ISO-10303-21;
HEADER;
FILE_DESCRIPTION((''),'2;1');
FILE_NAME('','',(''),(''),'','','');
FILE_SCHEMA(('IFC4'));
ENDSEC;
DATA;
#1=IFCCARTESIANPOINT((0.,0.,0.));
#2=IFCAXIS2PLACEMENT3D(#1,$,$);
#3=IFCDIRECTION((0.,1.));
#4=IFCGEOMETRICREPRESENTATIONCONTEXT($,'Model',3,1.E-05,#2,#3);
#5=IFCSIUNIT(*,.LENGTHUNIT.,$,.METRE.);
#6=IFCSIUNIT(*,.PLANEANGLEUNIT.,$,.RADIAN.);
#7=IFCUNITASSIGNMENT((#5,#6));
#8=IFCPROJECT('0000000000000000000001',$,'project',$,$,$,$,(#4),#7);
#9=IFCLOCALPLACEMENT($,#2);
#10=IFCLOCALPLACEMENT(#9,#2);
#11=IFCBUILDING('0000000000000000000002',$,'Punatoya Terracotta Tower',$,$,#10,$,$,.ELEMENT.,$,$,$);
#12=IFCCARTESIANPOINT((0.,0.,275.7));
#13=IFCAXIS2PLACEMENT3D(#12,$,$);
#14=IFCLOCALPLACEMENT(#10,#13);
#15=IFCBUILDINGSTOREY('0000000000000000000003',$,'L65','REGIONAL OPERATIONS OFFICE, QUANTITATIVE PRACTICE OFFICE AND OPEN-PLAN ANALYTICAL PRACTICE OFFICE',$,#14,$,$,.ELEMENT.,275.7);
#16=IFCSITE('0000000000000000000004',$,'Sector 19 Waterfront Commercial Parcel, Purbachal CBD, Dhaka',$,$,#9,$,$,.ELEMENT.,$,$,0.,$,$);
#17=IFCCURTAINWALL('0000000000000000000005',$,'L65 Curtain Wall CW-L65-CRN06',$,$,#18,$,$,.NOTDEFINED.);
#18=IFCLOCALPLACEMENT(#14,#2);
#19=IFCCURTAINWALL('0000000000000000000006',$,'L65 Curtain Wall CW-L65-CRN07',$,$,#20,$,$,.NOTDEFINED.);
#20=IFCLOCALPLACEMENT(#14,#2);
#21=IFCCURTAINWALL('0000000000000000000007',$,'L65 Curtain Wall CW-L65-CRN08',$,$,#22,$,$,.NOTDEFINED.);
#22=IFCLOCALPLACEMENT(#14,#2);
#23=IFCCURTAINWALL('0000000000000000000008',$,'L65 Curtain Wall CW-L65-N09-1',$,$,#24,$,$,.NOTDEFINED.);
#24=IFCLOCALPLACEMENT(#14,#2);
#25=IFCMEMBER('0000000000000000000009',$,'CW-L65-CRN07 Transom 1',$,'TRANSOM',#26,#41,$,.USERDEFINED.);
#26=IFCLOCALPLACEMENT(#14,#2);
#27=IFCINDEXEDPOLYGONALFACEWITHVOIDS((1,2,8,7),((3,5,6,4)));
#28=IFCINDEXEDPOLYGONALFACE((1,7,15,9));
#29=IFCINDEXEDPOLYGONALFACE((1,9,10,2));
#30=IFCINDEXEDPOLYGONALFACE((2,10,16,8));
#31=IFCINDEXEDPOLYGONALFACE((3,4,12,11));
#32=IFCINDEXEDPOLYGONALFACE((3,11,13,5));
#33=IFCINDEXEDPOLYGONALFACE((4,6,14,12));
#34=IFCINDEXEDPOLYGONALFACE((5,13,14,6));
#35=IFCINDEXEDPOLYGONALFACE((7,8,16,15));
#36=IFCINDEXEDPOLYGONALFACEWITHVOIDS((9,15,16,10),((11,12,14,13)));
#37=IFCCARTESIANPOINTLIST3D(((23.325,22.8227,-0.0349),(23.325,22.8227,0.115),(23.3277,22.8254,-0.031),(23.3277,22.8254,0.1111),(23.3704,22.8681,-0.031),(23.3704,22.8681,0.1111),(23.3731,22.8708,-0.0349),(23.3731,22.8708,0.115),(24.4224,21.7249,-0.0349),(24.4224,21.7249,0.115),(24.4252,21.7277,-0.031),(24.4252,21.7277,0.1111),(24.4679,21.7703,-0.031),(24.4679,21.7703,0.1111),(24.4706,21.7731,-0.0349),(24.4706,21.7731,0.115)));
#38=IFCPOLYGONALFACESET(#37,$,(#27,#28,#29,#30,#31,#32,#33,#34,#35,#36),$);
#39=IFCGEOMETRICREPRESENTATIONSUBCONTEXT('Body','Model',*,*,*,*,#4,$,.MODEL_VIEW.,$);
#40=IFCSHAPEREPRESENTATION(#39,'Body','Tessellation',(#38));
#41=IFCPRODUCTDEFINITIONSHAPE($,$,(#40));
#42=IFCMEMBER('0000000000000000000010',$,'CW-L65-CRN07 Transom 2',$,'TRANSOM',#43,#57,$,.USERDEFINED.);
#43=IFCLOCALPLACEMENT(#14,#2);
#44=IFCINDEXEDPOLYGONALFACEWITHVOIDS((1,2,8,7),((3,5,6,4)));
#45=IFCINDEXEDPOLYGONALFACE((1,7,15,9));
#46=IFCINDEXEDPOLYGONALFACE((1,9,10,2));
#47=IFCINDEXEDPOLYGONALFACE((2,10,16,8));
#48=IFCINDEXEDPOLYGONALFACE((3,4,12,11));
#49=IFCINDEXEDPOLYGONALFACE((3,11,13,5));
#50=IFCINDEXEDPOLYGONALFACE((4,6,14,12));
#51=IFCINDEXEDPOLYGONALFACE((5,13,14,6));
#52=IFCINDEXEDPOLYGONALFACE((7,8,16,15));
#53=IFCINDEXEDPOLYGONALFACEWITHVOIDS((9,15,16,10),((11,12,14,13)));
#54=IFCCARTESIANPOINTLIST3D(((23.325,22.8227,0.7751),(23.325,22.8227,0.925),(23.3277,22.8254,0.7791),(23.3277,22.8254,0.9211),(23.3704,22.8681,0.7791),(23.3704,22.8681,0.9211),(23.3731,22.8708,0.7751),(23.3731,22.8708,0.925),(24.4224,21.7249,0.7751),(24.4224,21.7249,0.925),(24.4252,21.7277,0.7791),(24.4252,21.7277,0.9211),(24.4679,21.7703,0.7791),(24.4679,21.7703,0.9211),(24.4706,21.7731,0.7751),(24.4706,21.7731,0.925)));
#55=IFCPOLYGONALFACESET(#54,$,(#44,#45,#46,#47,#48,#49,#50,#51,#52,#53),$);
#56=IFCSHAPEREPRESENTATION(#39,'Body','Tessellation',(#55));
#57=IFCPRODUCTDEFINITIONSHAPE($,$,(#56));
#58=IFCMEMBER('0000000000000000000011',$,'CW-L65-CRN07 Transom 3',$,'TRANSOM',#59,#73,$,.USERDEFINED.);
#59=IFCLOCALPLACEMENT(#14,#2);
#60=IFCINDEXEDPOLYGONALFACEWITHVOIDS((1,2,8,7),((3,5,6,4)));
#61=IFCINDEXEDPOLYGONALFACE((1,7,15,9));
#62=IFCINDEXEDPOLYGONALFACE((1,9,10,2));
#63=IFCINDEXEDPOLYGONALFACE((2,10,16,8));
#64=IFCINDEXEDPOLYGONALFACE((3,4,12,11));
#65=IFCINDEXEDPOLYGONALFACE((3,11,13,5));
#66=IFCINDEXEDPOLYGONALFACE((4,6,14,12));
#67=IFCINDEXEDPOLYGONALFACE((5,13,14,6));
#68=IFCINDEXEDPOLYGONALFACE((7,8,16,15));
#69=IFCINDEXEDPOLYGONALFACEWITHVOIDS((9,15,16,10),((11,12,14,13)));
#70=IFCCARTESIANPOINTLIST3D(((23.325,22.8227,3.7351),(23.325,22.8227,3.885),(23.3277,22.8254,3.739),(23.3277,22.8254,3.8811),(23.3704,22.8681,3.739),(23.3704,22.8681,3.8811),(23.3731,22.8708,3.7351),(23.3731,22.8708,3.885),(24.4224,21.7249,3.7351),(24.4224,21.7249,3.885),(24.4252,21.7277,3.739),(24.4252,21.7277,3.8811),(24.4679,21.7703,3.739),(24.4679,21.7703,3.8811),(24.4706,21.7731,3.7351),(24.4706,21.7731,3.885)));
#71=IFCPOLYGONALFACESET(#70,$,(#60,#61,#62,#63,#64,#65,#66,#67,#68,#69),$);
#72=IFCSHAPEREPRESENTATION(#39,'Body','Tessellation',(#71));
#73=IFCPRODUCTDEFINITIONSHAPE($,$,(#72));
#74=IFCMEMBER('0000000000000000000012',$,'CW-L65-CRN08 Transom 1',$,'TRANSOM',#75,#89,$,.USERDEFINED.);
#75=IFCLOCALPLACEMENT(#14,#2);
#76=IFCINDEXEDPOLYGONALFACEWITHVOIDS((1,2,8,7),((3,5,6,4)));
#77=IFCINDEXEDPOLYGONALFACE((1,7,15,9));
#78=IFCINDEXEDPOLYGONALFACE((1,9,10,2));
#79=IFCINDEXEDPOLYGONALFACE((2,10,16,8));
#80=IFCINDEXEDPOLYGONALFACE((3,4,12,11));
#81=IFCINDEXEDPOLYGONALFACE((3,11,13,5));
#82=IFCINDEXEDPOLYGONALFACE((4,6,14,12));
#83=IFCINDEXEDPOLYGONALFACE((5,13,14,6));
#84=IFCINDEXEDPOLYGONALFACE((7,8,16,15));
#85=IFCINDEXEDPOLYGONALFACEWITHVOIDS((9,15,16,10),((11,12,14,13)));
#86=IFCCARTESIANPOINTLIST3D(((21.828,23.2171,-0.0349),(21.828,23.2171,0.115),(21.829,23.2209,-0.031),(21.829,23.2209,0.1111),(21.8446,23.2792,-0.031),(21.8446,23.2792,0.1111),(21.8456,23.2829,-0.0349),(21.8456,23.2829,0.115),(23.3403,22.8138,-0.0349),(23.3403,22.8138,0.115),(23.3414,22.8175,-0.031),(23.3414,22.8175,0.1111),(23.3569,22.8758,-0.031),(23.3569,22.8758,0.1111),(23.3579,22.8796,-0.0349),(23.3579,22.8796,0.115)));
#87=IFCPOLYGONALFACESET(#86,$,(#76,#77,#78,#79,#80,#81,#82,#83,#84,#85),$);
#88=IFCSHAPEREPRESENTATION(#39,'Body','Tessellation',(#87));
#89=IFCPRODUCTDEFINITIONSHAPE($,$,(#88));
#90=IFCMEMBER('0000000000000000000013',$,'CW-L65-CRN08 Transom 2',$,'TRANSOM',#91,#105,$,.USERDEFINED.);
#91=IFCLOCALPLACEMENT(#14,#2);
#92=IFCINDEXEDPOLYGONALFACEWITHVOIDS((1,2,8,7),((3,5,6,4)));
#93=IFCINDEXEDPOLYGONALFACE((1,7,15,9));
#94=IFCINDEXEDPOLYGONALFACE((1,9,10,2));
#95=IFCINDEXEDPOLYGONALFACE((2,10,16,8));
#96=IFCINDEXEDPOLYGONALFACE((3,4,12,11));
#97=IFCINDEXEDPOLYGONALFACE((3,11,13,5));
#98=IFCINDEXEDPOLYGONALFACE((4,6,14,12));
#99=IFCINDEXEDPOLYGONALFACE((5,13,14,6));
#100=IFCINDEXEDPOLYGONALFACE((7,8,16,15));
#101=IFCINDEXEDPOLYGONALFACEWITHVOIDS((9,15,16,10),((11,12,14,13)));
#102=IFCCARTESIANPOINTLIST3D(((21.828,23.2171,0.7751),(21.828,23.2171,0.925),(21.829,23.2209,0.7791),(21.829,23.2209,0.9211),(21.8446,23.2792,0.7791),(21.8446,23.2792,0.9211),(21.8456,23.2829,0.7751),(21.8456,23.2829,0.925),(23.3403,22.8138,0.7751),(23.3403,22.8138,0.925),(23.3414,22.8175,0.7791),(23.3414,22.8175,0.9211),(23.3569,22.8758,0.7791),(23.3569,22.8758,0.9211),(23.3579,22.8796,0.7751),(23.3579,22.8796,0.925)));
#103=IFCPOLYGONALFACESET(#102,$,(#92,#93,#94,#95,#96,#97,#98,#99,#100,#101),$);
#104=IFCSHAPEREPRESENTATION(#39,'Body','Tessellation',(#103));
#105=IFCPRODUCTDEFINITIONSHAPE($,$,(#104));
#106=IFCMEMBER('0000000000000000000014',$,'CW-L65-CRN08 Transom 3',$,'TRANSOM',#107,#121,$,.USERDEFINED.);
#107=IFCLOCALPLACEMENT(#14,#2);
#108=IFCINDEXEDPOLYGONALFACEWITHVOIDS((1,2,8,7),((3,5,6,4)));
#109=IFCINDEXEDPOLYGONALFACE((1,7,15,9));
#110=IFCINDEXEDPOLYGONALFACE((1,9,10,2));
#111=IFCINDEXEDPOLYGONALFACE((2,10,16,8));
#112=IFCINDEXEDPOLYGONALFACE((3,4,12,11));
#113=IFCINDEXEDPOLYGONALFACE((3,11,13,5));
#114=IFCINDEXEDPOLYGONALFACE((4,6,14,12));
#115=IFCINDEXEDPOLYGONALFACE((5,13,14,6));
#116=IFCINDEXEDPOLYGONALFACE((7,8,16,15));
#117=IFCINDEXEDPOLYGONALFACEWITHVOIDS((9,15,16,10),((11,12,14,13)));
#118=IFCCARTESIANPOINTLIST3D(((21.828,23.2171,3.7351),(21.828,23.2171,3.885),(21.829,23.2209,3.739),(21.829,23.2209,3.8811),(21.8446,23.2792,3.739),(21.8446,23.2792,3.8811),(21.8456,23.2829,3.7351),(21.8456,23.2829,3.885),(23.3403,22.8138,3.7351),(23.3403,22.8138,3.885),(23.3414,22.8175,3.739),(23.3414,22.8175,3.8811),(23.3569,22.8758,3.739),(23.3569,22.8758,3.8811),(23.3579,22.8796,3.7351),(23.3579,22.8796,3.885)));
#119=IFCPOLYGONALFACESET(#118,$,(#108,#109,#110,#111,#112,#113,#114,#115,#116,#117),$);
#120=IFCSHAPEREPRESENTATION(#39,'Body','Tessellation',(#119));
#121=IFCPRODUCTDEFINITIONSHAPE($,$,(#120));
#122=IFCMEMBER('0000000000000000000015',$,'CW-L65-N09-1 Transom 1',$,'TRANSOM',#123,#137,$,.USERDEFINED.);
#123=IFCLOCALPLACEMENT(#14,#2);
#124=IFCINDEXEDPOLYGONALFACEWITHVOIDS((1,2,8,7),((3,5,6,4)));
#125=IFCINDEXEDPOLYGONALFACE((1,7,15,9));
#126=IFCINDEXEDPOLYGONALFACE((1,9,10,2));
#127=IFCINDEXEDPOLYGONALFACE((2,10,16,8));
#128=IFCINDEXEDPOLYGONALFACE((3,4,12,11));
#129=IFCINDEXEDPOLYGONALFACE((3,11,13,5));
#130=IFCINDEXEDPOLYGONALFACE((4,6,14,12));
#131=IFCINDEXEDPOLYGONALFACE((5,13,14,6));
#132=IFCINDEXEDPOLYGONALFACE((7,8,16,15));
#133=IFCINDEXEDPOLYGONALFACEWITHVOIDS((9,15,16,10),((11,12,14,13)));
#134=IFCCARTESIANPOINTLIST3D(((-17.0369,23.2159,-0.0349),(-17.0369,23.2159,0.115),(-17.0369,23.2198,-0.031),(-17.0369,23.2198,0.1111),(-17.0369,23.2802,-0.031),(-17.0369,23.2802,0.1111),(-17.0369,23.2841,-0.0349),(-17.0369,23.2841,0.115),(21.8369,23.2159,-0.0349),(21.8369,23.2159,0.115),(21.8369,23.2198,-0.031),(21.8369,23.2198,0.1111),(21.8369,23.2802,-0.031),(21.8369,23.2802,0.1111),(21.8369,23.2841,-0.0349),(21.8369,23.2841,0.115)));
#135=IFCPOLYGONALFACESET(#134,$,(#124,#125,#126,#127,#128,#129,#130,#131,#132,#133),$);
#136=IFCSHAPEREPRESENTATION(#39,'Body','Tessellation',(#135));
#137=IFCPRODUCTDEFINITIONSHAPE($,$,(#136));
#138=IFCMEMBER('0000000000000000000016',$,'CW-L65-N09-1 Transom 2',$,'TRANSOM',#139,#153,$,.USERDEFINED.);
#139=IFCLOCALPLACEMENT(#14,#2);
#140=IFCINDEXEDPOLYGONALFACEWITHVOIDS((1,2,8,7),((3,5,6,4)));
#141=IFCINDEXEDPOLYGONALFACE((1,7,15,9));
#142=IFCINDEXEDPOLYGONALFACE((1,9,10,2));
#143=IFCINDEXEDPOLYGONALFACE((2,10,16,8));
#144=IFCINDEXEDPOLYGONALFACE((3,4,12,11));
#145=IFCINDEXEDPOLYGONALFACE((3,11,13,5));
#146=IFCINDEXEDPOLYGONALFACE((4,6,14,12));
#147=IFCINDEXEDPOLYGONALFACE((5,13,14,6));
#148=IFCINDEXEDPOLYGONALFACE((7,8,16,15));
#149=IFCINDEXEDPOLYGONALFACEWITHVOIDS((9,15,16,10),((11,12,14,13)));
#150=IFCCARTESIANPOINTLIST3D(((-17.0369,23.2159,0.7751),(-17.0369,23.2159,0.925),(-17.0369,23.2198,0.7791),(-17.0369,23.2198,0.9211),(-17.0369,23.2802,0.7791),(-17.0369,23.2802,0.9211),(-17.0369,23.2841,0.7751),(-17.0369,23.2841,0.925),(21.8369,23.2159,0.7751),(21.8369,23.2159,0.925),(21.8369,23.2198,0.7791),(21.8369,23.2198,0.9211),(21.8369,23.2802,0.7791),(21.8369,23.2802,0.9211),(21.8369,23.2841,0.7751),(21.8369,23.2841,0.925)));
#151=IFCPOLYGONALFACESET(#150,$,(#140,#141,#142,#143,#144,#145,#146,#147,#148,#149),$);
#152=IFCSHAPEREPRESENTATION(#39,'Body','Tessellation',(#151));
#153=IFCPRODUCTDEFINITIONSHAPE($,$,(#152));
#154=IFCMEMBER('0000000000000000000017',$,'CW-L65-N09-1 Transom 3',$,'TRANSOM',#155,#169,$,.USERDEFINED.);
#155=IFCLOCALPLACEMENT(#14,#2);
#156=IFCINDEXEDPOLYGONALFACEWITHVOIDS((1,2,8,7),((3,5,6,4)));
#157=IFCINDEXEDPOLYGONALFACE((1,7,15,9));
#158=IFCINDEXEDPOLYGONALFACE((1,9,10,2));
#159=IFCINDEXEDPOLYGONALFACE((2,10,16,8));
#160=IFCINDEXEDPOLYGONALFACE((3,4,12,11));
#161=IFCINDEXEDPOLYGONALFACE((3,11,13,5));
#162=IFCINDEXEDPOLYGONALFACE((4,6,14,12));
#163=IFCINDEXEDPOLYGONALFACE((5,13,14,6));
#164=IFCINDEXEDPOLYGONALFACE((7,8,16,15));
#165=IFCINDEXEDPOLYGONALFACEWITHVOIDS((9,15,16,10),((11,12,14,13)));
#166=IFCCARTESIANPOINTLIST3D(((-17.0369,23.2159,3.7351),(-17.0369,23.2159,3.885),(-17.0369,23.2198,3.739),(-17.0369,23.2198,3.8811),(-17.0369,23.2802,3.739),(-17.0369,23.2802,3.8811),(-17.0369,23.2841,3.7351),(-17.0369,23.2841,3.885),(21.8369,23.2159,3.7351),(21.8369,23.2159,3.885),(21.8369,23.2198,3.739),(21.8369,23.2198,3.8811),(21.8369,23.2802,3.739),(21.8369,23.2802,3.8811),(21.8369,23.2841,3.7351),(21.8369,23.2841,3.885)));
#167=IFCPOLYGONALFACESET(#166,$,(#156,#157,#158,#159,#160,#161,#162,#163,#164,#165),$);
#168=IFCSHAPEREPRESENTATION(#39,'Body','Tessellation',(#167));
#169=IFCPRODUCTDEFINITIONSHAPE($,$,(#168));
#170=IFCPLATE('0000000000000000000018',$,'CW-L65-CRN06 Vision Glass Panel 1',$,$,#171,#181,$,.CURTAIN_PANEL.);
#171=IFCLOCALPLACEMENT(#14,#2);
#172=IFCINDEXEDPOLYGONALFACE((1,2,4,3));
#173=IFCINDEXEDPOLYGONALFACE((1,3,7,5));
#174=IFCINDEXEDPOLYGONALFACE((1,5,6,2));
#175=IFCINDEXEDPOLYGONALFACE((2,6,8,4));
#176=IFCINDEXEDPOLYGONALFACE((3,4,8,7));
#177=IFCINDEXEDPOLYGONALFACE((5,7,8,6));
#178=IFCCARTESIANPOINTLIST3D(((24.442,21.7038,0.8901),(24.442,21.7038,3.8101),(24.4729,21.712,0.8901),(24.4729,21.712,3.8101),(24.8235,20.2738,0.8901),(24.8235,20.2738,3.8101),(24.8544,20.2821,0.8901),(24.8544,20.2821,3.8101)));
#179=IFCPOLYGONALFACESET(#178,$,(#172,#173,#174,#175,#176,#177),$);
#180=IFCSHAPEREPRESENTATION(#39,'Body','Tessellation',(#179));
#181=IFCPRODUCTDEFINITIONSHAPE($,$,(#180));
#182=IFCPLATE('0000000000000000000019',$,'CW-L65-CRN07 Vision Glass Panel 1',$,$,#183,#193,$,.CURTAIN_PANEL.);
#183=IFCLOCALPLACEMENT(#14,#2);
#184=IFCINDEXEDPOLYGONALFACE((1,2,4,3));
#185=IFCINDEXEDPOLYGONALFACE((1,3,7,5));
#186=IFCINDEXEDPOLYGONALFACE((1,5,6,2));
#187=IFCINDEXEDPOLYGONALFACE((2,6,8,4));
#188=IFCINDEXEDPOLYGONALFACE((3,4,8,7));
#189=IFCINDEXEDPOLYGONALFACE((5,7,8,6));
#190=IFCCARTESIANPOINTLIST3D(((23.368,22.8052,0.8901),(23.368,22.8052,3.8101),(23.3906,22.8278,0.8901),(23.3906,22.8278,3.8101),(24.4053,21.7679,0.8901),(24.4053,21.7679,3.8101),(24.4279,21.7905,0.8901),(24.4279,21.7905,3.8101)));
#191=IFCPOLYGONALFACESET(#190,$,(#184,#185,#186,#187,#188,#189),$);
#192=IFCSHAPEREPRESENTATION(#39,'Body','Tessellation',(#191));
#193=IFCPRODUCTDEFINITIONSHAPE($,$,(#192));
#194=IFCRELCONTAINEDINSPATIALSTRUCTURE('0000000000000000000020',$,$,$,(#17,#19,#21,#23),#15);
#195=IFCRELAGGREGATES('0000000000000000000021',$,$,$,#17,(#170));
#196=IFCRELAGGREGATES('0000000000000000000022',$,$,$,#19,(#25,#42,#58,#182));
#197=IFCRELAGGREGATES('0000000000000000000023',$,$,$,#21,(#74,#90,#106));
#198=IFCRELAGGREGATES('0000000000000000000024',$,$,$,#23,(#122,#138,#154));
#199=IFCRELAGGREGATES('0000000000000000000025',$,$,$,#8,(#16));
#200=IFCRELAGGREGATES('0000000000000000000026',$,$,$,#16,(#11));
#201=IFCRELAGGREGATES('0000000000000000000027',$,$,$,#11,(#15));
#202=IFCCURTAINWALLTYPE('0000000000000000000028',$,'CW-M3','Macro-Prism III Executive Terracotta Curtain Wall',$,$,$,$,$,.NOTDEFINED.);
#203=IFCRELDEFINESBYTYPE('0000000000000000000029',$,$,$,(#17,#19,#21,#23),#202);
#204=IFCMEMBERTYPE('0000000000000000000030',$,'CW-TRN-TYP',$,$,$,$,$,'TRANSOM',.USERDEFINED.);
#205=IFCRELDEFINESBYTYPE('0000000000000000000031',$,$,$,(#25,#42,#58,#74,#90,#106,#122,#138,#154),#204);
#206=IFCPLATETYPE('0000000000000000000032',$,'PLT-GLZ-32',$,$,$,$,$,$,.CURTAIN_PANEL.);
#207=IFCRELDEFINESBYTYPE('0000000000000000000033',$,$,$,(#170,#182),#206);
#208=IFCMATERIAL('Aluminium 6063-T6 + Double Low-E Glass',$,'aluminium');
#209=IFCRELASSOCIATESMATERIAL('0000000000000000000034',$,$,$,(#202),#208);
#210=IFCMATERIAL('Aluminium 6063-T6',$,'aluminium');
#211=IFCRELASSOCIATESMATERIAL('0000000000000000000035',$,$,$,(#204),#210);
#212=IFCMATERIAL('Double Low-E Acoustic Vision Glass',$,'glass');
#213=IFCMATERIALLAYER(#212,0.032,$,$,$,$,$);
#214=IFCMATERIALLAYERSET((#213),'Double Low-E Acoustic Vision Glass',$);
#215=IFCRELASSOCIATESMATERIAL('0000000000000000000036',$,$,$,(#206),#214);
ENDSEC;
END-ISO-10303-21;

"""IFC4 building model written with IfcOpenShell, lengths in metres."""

from ifc_helpers import new_model, si_unit, direction, frame, origin, origin_2d, place, context, subcontext, project, spatial, rectangle, hollow_rectangle, extrude, material, layer, layer_set, material_profile, profile_set, type_object, element, aggregate, save


model = new_model("IFC4")

# Units and contexts
model_context = context("Model", 3, precision=1e-05, world=origin(), true_north=direction((0.0, 1.0)))
body_context = subcontext(model_context, "Body", "Model", "MODEL_VIEW")
ifc_project = project(units=[si_unit("LENGTHUNIT", "METRE"), si_unit("PLANEANGLEUNIT", "RADIAN")], contexts=[model_context])

# Site, building, storey
site_placement = place(None, origin())
site = spatial("IfcSite", under=ifc_project, at=site_placement, Name="Sector 19 Waterfront Commercial Parcel, Purbachal CBD, Dhaka", CompositionType="ELEMENT", RefElevation=0.0)
building_placement = place(site_placement, origin())
building = spatial("IfcBuilding", under=site, at=building_placement, Name="Punatoya Terracotta Tower", CompositionType="ELEMENT")
storey_placement = place(building_placement, frame((0.0, 0.0, 275.7)))
storey = spatial("IfcBuildingStorey", under=building, at=storey_placement, Name="L65", Description="REGIONAL OPERATIONS OFFICE, QUANTITATIVE PRACTICE OFFICE AND OPEN-PLAN ANALYTICAL PRACTICE OFFICE", CompositionType="ELEMENT", Elevation=275.7)

# Curtain walls
ifc_material_1 = material(Name="Aluminium 6063-T6 + Double Low-E Glass", Category="aluminium")
curtain_wall_type = type_object("IfcCurtainWallType", Name="CW-M3", Description="Macro-Prism III Executive Terracotta Curtain Wall", PredefinedType="NOTDEFINED", material=ifc_material_1)
curtain_wall_1_placement = place(storey_placement, origin())
curtain_wall_1 = element("IfcCurtainWall", 1, at=curtain_wall_1_placement, inside=storey, type_object=curtain_wall_type, Name="L65 Curtain Wall CW-L65-CRN06", PredefinedType="NOTDEFINED")
ifc_material_2 = material(Name="Aluminium 6063-T6", Category="aluminium")
curtain_wall_2_placement = place(storey_placement, origin())
curtain_wall_2 = element("IfcCurtainWall", 2, at=curtain_wall_2_placement, inside=storey, type_object=curtain_wall_type, Name="L65 Curtain Wall CW-L65-CRN07", PredefinedType="NOTDEFINED")
curtain_wall_3_placement = place(storey_placement, origin())
curtain_wall_3 = element("IfcCurtainWall", 3, at=curtain_wall_3_placement, inside=storey, type_object=curtain_wall_type, Name="L65 Curtain Wall CW-L65-CRN08", PredefinedType="NOTDEFINED")

# Curtain wall
curtain_wall_4_placement = place(storey_placement, origin())
curtain_wall_4 = element("IfcCurtainWall", 4, at=curtain_wall_4_placement, inside=storey, type_object=curtain_wall_type, Name="L65 Curtain Wall CW-L65-N09-1", PredefinedType="NOTDEFINED")

# Members
ifc_material_profile_1 = material_profile(ifc_material_2, hollow_rectangle(XDim=0.0681, YDim=0.1499, WallThickness=0.0039, at=origin_2d()))
ifc_profile_set_1 = profile_set([ifc_material_profile_1], Name="Aluminium 6063-T6")
member_type_1 = type_object("IfcMemberType", Name="CW-TRN-TYP", ElementType="TRANSOM", PredefinedType="USERDEFINED", material=ifc_profile_set_1)
member_1_placement = place(storey_placement, frame((24.4465, 21.749, 0.04), z_axis=(-0.707028, 0.707185, 0.0), x_axis=(-0.707185, -0.707028, 0.0)))
member_1 = element("IfcMember", 5, at=member_1_placement, type_object=member_type_1, Name="CW-L65-CRN07 Transom 1", ObjectType="TRANSOM", PredefinedType="USERDEFINED", context=body_context, shape_type="SweptSolid", body=[
    extrude(hollow_rectangle(XDim=0.0681, YDim=0.1499, WallThickness=0.0039, at=origin_2d()), origin(), (0.0, 0.0, 1.0), 1.5522),
])
member_2_placement = place(storey_placement, frame((24.4465, 21.749, 0.8501), z_axis=(-0.707028, 0.707185, 0.0), x_axis=(-0.707185, -0.707028, 0.0)))
member_2 = element("IfcMember", 6, at=member_2_placement, type_object=member_type_1, Name="CW-L65-CRN07 Transom 2", ObjectType="TRANSOM", PredefinedType="USERDEFINED", context=body_context, shape_type="SweptSolid", body=[
    extrude(hollow_rectangle(XDim=0.0681, YDim=0.1499, WallThickness=0.0039, at=origin_2d()), origin(), (0.0, 0.0, 1.0), 1.5522),
])
member_3_placement = place(storey_placement, frame((24.4465, 21.749, 3.8101), z_axis=(-0.707028, 0.707185, 0.0), x_axis=(-0.707185, -0.707028, 0.0)))
member_3 = element("IfcMember", 7, at=member_3_placement, type_object=member_type_1, Name="CW-L65-CRN07 Transom 3", ObjectType="TRANSOM", PredefinedType="USERDEFINED", context=body_context, shape_type="SweptSolid", body=[
    extrude(hollow_rectangle(XDim=0.0681, YDim=0.1499, WallThickness=0.0039, at=origin_2d()), origin(), (0.0, 0.0, 1.0), 1.5522),
])
member_4_placement = place(storey_placement, frame((23.3491, 22.8467, 0.04), z_axis=(-0.966225, 0.257701, 0.0), x_axis=(-0.257701, -0.966225, 0.0)))
member_4 = element("IfcMember", 8, at=member_4_placement, type_object=member_type_1, Name="CW-L65-CRN08 Transom 1", ObjectType="TRANSOM", PredefinedType="USERDEFINED", context=body_context, shape_type="SweptSolid", body=[
    extrude(hollow_rectangle(XDim=0.0681, YDim=0.1499, WallThickness=0.0039, at=origin_2d()), origin(), (0.0, 0.0, 1.0), 1.5652),
])
member_5_placement = place(storey_placement, frame((23.3491, 22.8467, 0.8501), z_axis=(-0.966225, 0.257701, 0.0), x_axis=(-0.257701, -0.966225, 0.0)))
member_5 = element("IfcMember", 9, at=member_5_placement, type_object=member_type_1, Name="CW-L65-CRN08 Transom 2", ObjectType="TRANSOM", PredefinedType="USERDEFINED", context=body_context, shape_type="SweptSolid", body=[
    extrude(hollow_rectangle(XDim=0.0681, YDim=0.1499, WallThickness=0.0039, at=origin_2d()), origin(), (0.0, 0.0, 1.0), 1.5652),
])
member_6_placement = place(storey_placement, frame((23.3491, 22.8467, 3.8101), z_axis=(-0.966225, 0.257701, 0.0), x_axis=(-0.257701, -0.966225, 0.0)))
member_6 = element("IfcMember", 10, at=member_6_placement, type_object=member_type_1, Name="CW-L65-CRN08 Transom 3", ObjectType="TRANSOM", PredefinedType="USERDEFINED", context=body_context, shape_type="SweptSolid", body=[
    extrude(hollow_rectangle(XDim=0.0681, YDim=0.1499, WallThickness=0.0039, at=origin_2d()), origin(), (0.0, 0.0, 1.0), 1.5652),
])
member_7_placement = place(storey_placement, frame((21.8369, 23.25, 0.04), z_axis=(-1.0, 0.0, 0.0), x_axis=(0.0, -1.0, 0.0)))
member_7 = element("IfcMember", 11, at=member_7_placement, type_object=member_type_1, Name="CW-L65-N09-1 Transom 1", ObjectType="TRANSOM", PredefinedType="USERDEFINED", context=body_context, shape_type="SweptSolid", body=[
    extrude(hollow_rectangle(XDim=0.0681, YDim=0.1499, WallThickness=0.0039, at=origin_2d()), origin(), (0.0, 0.0, 1.0), 38.8738),
])
member_8_placement = place(storey_placement, frame((21.8369, 23.25, 0.8501), z_axis=(-1.0, 0.0, 0.0), x_axis=(0.0, -1.0, 0.0)))
member_8 = element("IfcMember", 12, at=member_8_placement, type_object=member_type_1, Name="CW-L65-N09-1 Transom 2", ObjectType="TRANSOM", PredefinedType="USERDEFINED", context=body_context, shape_type="SweptSolid", body=[
    extrude(hollow_rectangle(XDim=0.0681, YDim=0.1499, WallThickness=0.0039, at=origin_2d()), origin(), (0.0, 0.0, 1.0), 38.8738),
])
member_9_placement = place(storey_placement, frame((21.8369, 23.25, 3.8101), z_axis=(-1.0, 0.0, 0.0), x_axis=(0.0, -1.0, 0.0)))
member_9 = element("IfcMember", 13, at=member_9_placement, type_object=member_type_1, Name="CW-L65-N09-1 Transom 3", ObjectType="TRANSOM", PredefinedType="USERDEFINED", context=body_context, shape_type="SweptSolid", body=[
    extrude(hollow_rectangle(XDim=0.0681, YDim=0.1499, WallThickness=0.0039, at=origin_2d()), origin(), (0.0, 0.0, 1.0), 38.8738),
])

# Plates
ifc_material_3 = material(Name="Double Low-E Acoustic Vision Glass", Category="glass")
ifc_layer_1 = layer(ifc_material_3, 0.032)
ifc_layer_set_1 = layer_set([ifc_layer_1], Name="Double Low-E Acoustic Vision Glass")
plate_type_1 = type_object("IfcPlateType", Name="PLT-GLZ-32", PredefinedType="CURTAIN_PANEL", material=ifc_layer_set_1)
plate_1_placement = place(storey_placement, frame((24.6482, 20.9929, 0.8901), z_axis=(0.0, 0.0, 1.0), x_axis=(-0.257742, 0.966214, 0.0)))
plate_1 = element("IfcPlate", 14, at=plate_1_placement, type_object=plate_type_1, Name="CW-L65-CRN06 Vision Glass Panel 1", PredefinedType="CURTAIN_PANEL", context=body_context, shape_type="SweptSolid", body=[
    extrude(rectangle(XDim=1.48, YDim=0.032, at=origin_2d()), origin(), (0.0, 0.0, 1.0), 2.9199),
])
plate_2_placement = place(storey_placement, frame((23.8979, 22.2979, 0.8901), z_axis=(0.0, 0.0, 1.0), x_axis=(-0.707107, 0.707107, 0.0)))
plate_2 = element("IfcPlate", 15, at=plate_2_placement, type_object=plate_type_1, Name="CW-L65-CRN07 Vision Glass Panel 1", PredefinedType="CURTAIN_PANEL", context=body_context, shape_type="SweptSolid", body=[
    extrude(rectangle(XDim=1.467, YDim=0.032, at=origin_2d()), origin(), (0.0, 0.0, 1.0), 2.9199),
])
aggregate(curtain_wall_1, [plate_1])
aggregate(curtain_wall_2, [member_1, member_2, member_3, plate_2])
aggregate(curtain_wall_3, [member_4, member_5, member_6])
aggregate(curtain_wall_4, [member_7, member_8, member_9])

save(model, "model.ifc")
